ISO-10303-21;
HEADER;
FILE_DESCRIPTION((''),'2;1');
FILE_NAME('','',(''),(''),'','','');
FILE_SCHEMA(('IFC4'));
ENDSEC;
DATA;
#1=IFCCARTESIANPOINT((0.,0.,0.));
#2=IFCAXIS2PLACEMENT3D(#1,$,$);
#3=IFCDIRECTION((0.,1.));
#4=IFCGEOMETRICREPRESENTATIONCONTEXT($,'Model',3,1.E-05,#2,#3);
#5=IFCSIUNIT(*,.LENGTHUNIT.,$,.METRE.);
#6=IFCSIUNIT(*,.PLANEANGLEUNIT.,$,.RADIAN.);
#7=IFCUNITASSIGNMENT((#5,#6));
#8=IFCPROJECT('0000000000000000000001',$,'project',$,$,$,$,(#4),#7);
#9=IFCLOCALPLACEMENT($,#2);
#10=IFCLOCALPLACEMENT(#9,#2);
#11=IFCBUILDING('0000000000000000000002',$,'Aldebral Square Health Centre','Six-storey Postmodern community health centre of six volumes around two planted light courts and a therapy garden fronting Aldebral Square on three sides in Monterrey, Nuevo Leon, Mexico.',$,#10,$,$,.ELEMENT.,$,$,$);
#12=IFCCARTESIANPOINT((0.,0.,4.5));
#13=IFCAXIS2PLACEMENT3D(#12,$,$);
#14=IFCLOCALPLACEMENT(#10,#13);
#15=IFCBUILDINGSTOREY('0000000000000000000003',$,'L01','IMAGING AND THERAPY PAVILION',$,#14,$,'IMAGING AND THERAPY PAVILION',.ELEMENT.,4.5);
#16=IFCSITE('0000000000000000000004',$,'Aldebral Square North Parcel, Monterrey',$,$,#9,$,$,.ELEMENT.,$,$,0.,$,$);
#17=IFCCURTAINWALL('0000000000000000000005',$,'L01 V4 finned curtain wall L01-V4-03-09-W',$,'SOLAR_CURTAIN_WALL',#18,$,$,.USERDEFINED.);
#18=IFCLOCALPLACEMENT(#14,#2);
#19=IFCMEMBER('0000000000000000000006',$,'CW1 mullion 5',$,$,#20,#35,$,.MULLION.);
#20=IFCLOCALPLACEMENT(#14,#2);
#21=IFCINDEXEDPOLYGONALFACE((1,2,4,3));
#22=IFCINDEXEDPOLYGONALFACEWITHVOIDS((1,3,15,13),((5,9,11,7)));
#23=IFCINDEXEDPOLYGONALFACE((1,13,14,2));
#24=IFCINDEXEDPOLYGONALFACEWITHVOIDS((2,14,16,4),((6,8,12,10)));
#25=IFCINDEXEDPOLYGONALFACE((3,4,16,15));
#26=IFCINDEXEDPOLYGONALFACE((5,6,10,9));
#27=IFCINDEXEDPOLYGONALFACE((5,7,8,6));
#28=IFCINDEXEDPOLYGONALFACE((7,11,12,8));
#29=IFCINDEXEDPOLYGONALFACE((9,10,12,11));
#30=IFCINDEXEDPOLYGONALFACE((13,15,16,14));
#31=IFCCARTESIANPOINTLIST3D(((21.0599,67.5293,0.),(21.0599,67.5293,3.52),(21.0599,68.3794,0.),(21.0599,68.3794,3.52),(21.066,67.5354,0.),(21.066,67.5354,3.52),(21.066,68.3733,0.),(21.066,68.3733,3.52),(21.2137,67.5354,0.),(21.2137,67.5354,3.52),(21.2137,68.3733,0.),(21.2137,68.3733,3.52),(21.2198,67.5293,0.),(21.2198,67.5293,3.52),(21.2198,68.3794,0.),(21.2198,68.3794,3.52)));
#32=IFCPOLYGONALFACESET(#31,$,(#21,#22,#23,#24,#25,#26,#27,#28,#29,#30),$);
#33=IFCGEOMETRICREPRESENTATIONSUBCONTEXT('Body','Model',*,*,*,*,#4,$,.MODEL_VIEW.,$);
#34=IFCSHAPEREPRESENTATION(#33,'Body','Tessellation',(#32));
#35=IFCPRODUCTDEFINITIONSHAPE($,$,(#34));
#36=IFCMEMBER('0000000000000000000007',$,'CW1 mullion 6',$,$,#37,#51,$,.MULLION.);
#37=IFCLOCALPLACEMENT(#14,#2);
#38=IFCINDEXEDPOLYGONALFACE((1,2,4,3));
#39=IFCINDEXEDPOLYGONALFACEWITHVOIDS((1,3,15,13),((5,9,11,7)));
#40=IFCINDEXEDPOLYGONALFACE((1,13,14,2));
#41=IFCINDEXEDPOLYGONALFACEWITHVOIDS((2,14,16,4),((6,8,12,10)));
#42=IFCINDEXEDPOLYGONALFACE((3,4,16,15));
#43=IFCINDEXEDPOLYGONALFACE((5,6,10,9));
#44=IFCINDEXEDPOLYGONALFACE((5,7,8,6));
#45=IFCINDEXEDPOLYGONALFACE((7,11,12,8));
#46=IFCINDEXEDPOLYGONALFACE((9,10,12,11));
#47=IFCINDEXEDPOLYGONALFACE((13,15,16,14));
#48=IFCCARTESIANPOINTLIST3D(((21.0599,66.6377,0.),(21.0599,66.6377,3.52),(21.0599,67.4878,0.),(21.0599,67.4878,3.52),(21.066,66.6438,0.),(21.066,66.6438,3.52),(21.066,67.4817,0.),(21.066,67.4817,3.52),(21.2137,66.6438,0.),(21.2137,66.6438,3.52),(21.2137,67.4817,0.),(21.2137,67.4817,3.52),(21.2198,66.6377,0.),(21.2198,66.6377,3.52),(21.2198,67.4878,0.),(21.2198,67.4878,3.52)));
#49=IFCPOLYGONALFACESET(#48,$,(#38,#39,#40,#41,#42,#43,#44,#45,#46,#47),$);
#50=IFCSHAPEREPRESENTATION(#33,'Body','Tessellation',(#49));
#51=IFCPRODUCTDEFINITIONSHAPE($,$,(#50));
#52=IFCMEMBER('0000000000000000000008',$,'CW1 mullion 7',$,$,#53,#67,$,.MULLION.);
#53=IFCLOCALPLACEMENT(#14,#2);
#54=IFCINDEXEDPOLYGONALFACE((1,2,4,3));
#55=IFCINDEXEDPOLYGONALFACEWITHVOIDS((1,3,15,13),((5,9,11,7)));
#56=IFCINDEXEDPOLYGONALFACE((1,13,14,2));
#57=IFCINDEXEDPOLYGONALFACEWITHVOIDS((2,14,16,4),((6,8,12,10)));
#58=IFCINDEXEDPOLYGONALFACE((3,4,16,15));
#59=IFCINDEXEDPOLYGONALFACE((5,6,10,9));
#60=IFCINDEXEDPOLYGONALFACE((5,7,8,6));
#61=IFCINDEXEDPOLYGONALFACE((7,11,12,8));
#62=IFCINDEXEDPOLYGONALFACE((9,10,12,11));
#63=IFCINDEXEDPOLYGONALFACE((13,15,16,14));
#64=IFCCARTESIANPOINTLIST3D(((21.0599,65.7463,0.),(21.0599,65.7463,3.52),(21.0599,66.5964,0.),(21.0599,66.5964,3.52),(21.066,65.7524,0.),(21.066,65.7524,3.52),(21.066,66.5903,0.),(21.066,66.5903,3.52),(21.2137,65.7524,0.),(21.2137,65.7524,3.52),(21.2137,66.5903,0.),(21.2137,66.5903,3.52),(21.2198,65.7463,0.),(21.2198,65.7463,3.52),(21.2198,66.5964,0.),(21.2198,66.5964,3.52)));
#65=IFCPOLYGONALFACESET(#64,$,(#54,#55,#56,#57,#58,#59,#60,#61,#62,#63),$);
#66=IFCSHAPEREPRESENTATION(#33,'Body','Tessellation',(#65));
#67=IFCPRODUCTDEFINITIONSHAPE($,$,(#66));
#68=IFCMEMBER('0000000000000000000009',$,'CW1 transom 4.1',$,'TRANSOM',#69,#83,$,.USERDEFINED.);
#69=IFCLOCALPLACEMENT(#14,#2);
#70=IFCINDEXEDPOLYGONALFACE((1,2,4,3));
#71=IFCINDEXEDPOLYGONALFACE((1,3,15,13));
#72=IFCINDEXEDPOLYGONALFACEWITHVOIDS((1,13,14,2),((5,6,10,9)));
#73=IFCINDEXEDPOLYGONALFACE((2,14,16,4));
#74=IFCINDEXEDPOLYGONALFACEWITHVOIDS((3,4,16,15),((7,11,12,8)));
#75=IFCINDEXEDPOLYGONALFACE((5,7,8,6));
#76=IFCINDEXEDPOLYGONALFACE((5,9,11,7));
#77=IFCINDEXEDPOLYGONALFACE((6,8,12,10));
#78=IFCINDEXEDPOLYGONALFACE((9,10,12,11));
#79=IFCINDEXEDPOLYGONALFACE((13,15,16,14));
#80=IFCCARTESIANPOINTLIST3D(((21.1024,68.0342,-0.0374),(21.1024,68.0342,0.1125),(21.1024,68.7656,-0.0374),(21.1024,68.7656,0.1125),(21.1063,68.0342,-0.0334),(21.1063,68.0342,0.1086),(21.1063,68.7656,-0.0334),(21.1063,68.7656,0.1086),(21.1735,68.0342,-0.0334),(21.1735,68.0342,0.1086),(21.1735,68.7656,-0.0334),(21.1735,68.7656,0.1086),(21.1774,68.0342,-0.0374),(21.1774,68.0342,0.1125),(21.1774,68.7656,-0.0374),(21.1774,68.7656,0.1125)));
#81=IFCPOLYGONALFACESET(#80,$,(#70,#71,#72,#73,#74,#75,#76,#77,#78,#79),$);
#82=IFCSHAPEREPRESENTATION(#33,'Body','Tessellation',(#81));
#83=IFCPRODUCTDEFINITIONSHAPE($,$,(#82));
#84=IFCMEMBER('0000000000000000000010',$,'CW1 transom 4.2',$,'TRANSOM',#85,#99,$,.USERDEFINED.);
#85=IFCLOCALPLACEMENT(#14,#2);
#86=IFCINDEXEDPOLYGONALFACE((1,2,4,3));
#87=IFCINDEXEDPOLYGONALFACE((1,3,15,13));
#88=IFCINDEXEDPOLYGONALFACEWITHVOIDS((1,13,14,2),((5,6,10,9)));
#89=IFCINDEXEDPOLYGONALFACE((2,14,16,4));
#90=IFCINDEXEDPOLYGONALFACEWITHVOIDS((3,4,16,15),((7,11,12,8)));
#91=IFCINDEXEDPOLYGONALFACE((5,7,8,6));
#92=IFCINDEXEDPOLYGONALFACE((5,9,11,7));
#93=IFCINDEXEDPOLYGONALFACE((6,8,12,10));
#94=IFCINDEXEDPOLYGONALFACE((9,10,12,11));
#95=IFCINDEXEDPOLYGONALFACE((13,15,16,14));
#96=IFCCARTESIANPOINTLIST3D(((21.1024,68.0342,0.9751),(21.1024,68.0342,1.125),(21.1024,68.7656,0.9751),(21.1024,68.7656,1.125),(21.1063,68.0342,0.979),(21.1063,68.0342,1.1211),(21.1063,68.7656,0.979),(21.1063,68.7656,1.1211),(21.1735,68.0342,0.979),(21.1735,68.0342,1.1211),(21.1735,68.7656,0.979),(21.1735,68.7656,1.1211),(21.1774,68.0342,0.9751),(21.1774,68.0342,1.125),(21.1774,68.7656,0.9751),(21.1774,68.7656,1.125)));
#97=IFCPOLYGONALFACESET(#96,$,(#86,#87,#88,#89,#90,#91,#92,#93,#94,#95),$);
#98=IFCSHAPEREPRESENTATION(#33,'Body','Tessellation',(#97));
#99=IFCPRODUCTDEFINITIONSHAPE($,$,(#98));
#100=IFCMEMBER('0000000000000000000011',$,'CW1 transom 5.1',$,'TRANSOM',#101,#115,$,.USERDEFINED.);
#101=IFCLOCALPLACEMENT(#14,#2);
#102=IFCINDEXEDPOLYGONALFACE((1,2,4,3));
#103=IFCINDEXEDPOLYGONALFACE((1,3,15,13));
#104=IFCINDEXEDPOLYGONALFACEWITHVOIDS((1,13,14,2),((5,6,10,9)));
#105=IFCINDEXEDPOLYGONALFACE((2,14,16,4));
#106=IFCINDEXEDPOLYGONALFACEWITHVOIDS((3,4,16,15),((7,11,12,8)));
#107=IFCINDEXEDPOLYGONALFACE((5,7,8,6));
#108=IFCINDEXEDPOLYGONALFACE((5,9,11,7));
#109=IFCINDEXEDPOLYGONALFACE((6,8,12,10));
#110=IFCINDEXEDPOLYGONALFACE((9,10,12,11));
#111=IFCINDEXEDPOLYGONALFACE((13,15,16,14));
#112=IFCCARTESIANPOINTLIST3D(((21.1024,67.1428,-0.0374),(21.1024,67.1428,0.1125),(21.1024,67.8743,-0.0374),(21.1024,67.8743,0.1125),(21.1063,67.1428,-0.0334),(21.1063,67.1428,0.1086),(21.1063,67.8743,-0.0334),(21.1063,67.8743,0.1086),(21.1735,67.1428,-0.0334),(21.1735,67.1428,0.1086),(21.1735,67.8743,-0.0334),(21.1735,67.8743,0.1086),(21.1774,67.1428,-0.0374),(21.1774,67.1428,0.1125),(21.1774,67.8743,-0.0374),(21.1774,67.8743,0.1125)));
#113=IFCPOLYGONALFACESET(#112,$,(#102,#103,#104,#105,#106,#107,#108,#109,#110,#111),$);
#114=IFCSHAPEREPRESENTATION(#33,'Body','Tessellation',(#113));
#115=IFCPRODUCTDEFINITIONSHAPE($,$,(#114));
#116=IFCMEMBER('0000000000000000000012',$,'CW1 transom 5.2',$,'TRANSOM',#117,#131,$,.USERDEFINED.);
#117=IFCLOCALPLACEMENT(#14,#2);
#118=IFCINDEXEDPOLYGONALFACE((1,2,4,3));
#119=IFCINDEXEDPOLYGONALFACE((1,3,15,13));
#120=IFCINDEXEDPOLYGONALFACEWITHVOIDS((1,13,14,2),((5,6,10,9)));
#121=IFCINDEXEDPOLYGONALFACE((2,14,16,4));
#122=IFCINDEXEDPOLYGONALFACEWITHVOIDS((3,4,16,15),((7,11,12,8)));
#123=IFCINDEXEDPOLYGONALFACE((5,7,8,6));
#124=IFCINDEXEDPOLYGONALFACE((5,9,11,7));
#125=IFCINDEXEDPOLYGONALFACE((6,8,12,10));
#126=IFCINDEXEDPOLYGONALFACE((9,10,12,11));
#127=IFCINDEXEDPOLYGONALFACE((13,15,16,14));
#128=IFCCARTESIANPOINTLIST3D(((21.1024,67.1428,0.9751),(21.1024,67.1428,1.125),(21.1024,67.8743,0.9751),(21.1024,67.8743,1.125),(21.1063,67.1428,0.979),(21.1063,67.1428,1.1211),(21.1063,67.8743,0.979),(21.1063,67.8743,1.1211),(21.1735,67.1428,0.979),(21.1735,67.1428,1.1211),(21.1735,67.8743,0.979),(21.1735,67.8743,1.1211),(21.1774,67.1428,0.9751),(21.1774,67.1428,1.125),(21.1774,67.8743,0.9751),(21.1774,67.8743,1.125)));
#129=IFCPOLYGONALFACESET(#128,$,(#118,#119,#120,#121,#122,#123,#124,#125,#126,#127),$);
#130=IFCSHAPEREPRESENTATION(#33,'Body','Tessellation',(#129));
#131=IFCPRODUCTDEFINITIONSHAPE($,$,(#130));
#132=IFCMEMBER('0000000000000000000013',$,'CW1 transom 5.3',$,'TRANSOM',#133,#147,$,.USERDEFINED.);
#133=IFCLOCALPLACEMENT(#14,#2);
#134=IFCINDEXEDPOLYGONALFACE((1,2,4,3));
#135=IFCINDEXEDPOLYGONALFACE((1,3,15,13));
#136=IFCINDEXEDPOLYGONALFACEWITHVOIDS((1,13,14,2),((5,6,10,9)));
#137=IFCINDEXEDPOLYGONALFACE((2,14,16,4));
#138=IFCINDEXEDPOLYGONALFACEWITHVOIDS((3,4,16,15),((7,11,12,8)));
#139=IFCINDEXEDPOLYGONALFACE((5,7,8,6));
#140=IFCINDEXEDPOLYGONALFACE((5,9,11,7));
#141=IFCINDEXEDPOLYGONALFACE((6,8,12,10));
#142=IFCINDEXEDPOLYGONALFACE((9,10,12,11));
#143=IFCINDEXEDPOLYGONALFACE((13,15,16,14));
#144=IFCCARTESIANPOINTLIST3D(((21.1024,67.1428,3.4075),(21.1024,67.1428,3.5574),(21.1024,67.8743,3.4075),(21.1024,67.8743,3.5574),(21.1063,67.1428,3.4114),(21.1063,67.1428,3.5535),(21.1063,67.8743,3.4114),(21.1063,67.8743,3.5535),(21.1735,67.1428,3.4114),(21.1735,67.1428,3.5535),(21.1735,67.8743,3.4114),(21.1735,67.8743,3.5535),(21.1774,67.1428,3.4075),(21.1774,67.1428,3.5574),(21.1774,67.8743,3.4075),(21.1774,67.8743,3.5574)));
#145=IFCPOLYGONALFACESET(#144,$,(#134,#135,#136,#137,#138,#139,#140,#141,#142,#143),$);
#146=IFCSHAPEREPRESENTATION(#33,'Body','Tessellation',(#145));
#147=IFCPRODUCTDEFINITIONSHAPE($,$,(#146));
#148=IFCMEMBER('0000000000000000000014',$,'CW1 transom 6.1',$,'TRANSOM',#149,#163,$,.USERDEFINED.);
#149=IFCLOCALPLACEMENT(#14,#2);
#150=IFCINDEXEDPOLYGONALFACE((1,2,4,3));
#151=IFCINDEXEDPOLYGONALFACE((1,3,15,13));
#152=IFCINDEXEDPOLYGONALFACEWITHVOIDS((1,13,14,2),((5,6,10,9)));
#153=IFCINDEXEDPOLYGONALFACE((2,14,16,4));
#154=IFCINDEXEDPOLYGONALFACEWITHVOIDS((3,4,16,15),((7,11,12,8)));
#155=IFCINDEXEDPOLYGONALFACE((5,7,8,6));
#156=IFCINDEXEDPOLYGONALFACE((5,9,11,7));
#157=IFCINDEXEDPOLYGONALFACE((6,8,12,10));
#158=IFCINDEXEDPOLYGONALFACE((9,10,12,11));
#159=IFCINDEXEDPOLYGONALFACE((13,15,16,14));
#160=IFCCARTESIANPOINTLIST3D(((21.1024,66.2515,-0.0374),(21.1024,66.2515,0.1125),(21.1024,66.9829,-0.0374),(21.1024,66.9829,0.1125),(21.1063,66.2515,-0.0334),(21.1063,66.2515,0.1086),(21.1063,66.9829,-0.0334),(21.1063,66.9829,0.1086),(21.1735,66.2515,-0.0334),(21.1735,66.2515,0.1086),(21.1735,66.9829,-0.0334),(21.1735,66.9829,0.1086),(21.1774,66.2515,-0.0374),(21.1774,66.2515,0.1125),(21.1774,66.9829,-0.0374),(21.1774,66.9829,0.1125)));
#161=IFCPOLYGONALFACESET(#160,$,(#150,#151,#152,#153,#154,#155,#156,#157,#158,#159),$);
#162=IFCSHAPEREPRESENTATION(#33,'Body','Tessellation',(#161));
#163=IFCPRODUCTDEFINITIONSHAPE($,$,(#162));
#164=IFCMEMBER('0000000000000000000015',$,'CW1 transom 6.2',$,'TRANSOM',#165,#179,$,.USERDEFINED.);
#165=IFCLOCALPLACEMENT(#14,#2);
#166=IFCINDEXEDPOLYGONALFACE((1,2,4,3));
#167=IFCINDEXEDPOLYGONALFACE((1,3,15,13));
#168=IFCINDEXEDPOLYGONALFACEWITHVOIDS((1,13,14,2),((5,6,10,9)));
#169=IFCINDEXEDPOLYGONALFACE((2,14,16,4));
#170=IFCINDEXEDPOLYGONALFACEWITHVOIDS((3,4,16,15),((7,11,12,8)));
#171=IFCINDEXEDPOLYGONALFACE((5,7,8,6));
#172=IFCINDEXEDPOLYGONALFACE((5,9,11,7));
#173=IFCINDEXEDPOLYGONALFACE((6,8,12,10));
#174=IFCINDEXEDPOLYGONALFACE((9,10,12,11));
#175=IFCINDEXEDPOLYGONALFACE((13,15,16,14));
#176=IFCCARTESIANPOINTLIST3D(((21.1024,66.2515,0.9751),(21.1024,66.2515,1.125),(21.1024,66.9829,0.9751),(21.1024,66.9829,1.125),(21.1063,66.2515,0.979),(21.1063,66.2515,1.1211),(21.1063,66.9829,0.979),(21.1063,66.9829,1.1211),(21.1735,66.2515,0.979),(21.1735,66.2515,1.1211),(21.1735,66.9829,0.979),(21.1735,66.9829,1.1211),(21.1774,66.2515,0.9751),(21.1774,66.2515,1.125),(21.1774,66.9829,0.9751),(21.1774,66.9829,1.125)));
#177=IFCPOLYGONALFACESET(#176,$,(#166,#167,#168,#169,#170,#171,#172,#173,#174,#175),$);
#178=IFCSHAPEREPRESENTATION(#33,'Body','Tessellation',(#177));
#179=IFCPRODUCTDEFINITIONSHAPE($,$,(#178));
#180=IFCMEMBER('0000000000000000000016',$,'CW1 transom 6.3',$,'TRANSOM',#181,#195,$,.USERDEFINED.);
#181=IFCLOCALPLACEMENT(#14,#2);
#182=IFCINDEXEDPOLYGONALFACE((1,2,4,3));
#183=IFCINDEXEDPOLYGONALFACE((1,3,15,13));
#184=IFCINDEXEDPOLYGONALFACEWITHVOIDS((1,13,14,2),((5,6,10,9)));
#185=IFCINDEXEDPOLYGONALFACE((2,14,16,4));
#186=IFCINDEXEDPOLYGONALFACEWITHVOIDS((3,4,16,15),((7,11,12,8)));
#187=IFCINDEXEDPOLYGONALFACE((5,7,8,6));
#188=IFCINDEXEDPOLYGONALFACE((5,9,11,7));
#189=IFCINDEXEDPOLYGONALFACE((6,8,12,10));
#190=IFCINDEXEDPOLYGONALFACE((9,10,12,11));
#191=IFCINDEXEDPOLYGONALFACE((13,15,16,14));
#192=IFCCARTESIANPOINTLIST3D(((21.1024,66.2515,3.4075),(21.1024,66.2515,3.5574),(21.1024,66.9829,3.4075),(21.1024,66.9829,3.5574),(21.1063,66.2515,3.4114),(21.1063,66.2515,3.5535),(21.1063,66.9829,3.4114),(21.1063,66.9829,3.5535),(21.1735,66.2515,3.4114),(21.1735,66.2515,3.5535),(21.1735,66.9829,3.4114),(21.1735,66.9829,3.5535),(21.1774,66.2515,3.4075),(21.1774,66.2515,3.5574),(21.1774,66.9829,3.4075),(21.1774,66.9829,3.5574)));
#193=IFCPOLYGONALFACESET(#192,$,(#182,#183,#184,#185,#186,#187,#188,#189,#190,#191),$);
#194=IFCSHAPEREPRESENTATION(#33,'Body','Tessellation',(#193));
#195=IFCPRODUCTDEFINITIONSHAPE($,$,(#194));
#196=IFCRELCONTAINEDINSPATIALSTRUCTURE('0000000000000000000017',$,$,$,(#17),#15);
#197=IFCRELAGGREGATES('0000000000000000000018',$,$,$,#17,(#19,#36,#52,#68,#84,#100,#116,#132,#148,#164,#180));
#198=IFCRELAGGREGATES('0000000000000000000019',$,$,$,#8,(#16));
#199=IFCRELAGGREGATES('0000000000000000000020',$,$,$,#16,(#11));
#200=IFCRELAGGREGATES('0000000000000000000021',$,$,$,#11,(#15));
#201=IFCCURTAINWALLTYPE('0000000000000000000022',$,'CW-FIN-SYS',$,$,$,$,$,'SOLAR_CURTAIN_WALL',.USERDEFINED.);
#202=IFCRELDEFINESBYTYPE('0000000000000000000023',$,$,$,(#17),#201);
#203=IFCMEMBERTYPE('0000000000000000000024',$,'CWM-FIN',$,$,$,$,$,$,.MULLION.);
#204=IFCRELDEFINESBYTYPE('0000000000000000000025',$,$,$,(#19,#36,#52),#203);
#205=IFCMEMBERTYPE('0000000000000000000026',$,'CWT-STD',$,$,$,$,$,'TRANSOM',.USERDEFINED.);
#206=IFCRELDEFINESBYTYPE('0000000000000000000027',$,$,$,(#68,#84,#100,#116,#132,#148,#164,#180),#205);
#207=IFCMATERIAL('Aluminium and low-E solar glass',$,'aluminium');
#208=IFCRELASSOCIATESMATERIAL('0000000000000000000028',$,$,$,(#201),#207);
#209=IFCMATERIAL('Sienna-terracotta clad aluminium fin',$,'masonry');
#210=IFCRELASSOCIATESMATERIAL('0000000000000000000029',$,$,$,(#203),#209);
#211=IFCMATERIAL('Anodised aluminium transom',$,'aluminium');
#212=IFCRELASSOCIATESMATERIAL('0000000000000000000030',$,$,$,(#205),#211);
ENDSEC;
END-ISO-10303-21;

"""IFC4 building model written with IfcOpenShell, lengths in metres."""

from ifc_helpers import new_model, si_unit, direction, frame, origin, origin_2d, place, context, subcontext, project, spatial, hollow_rectangle, extrude, material, material_profile, profile_set, type_object, element, aggregate, save


model = new_model("IFC4")

# Units and contexts
model_context = context("Model", 3, precision=1e-05, world=origin(), true_north=direction((0.0, 1.0)))
body_context = subcontext(model_context, "Body", "Model", "MODEL_VIEW")
ifc_project = project(units=[si_unit("LENGTHUNIT", "METRE"), si_unit("PLANEANGLEUNIT", "RADIAN")], contexts=[model_context])

# Site, building, storey
site_placement = place(None, origin())
site = spatial("IfcSite", under=ifc_project, at=site_placement, Name="Aldebral Square North Parcel, Monterrey", CompositionType="ELEMENT", RefElevation=0.0)
building_placement = place(site_placement, origin())
building = spatial("IfcBuilding", under=site, at=building_placement, Name="Aldebral Square Health Centre", Description="Six-storey Postmodern community health centre of six volumes around two planted light courts and a therapy garden fronting Aldebral Square on three sides in Monterrey, Nuevo Leon, Mexico.", CompositionType="ELEMENT")
storey_placement = place(building_placement, frame((0.0, 0.0, 4.5)))
storey = spatial("IfcBuildingStorey", under=building, at=storey_placement, Name="L01", Description="IMAGING AND THERAPY PAVILION", LongName="IMAGING AND THERAPY PAVILION", CompositionType="ELEMENT", Elevation=4.5)

# Curtain wall, members
ifc_material_1 = material(Name="Aluminium and low-E solar glass", Category="aluminium")
curtain_wall_type = type_object("IfcCurtainWallType", Name="CW-FIN-SYS", ElementType="SOLAR_CURTAIN_WALL", PredefinedType="USERDEFINED", material=ifc_material_1)
curtain_wall_placement = place(storey_placement, origin())
curtain_wall = element("IfcCurtainWall", 1, at=curtain_wall_placement, inside=storey, type_object=curtain_wall_type, Name="L01 V4 finned curtain wall L01-V4-03-09-W", ObjectType="SOLAR_CURTAIN_WALL", PredefinedType="USERDEFINED")
ifc_material_2 = material(Name="Sienna-terracotta clad aluminium fin", Category="masonry")
ifc_material_profile_1 = material_profile(ifc_material_2, hollow_rectangle(XDim=0.1599, YDim=0.8501, WallThickness=0.0061, at=origin_2d()), Name="FIN 160x850x6")
ifc_profile_set_1 = profile_set([ifc_material_profile_1], Name="Sienna-terracotta clad aluminium fin")
member_type_1 = type_object("IfcMemberType", Name="CWM-FIN", PredefinedType="MULLION", material=ifc_profile_set_1)
member_1_placement = place(storey_placement, frame((21.1399, 67.9543, 0.0), z_axis=(0.0, 0.0, 1.0), x_axis=(1.0, 0.0, 0.0)))
member_1 = element("IfcMember", 2, at=member_1_placement, type_object=member_type_1, Name="CW1 mullion 5", PredefinedType="MULLION", context=body_context, shape_type="SweptSolid", body=[
    extrude(hollow_rectangle(XDim=0.1599, YDim=0.8501, WallThickness=0.0061, at=origin_2d()), origin(), (0.0, 0.0, 1.0), 3.52),
])
member_2_placement = place(storey_placement, frame((21.1399, 67.0627, 0.0), z_axis=(0.0, 0.0, 1.0), x_axis=(1.0, 0.0, 0.0)))
member_2 = element("IfcMember", 3, at=member_2_placement, type_object=member_type_1, Name="CW1 mullion 6", PredefinedType="MULLION", context=body_context, shape_type="SweptSolid", body=[
    extrude(hollow_rectangle(XDim=0.1599, YDim=0.8501, WallThickness=0.0061, at=origin_2d()), origin(), (0.0, 0.0, 1.0), 3.52),
])
member_3_placement = place(storey_placement, frame((21.1399, 66.1714, 0.0), z_axis=(0.0, 0.0, 1.0), x_axis=(1.0, 0.0, 0.0)))
member_3 = element("IfcMember", 4, at=member_3_placement, type_object=member_type_1, Name="CW1 mullion 7", PredefinedType="MULLION", context=body_context, shape_type="SweptSolid", body=[
    extrude(hollow_rectangle(XDim=0.1599, YDim=0.8501, WallThickness=0.0061, at=origin_2d()), origin(), (0.0, 0.0, 1.0), 3.52),
])
ifc_material_3 = material(Name="Anodised aluminium transom", Category="aluminium")
ifc_material_profile_2 = material_profile(ifc_material_3, hollow_rectangle(XDim=0.075, YDim=0.1499, WallThickness=0.0039, at=origin_2d()), Name="CWT 75x150x4")
ifc_profile_set_2 = profile_set([ifc_material_profile_2], Name="Anodised aluminium transom")
member_type_2 = type_object("IfcMemberType", Name="CWT-STD", ElementType="TRANSOM", PredefinedType="USERDEFINED", material=ifc_profile_set_2)
member_4_placement = place(storey_placement, frame((21.1399, 68.7656, 0.0376), z_axis=(0.0, -1.0, 0.0), x_axis=(1.0, 0.0, 0.0)))
member_4 = element("IfcMember", 5, at=member_4_placement, type_object=member_type_2, Name="CW1 transom 4.1", ObjectType="TRANSOM", PredefinedType="USERDEFINED", context=body_context, shape_type="SweptSolid", body=[
    extrude(hollow_rectangle(XDim=0.075, YDim=0.1499, WallThickness=0.0039, at=origin_2d()), origin(), (0.0, 0.0, 1.0), 0.7314),
])
member_5_placement = place(storey_placement, frame((21.1399, 68.7656, 1.05), z_axis=(0.0, -1.0, 0.0), x_axis=(1.0, 0.0, 0.0)))
member_5 = element("IfcMember", 6, at=member_5_placement, type_object=member_type_2, Name="CW1 transom 4.2", ObjectType="TRANSOM", PredefinedType="USERDEFINED", context=body_context, shape_type="SweptSolid", body=[
    extrude(hollow_rectangle(XDim=0.075, YDim=0.1499, WallThickness=0.0039, at=origin_2d()), origin(), (0.0, 0.0, 1.0), 0.7314),
])
member_6_placement = place(storey_placement, frame((21.1399, 67.8743, 0.0376), z_axis=(0.0, -1.0, 0.0), x_axis=(1.0, 0.0, 0.0)))
member_6 = element("IfcMember", 7, at=member_6_placement, type_object=member_type_2, Name="CW1 transom 5.1", ObjectType="TRANSOM", PredefinedType="USERDEFINED", context=body_context, shape_type="SweptSolid", body=[
    extrude(hollow_rectangle(XDim=0.075, YDim=0.1499, WallThickness=0.0039, at=origin_2d()), origin(), (0.0, 0.0, 1.0), 0.7314),
])
member_7_placement = place(storey_placement, frame((21.1399, 67.8743, 1.05), z_axis=(0.0, -1.0, 0.0), x_axis=(1.0, 0.0, 0.0)))
member_7 = element("IfcMember", 8, at=member_7_placement, type_object=member_type_2, Name="CW1 transom 5.2", ObjectType="TRANSOM", PredefinedType="USERDEFINED", context=body_context, shape_type="SweptSolid", body=[
    extrude(hollow_rectangle(XDim=0.075, YDim=0.1499, WallThickness=0.0039, at=origin_2d()), origin(), (0.0, 0.0, 1.0), 0.7314),
])
member_8_placement = place(storey_placement, frame((21.1399, 67.8743, 3.4824), z_axis=(0.0, -1.0, 0.0), x_axis=(1.0, 0.0, 0.0)))
member_8 = element("IfcMember", 9, at=member_8_placement, type_object=member_type_2, Name="CW1 transom 5.3", ObjectType="TRANSOM", PredefinedType="USERDEFINED", context=body_context, shape_type="SweptSolid", body=[
    extrude(hollow_rectangle(XDim=0.075, YDim=0.1499, WallThickness=0.0039, at=origin_2d()), origin(), (0.0, 0.0, 1.0), 0.7314),
])
member_9_placement = place(storey_placement, frame((21.1399, 66.9829, 0.0376), z_axis=(0.0, -1.0, 0.0), x_axis=(1.0, 0.0, 0.0)))
member_9 = element("IfcMember", 10, at=member_9_placement, type_object=member_type_2, Name="CW1 transom 6.1", ObjectType="TRANSOM", PredefinedType="USERDEFINED", context=body_context, shape_type="SweptSolid", body=[
    extrude(hollow_rectangle(XDim=0.075, YDim=0.1499, WallThickness=0.0039, at=origin_2d()), origin(), (0.0, 0.0, 1.0), 0.7314),
])
member_10_placement = place(storey_placement, frame((21.1399, 66.9829, 1.05), z_axis=(0.0, -1.0, 0.0), x_axis=(1.0, 0.0, 0.0)))
member_10 = element("IfcMember", 11, at=member_10_placement, type_object=member_type_2, Name="CW1 transom 6.2", ObjectType="TRANSOM", PredefinedType="USERDEFINED", context=body_context, shape_type="SweptSolid", body=[
    extrude(hollow_rectangle(XDim=0.075, YDim=0.1499, WallThickness=0.0039, at=origin_2d()), origin(), (0.0, 0.0, 1.0), 0.7314),
])
member_11_placement = place(storey_placement, frame((21.1399, 66.9829, 3.4824), z_axis=(0.0, -1.0, 0.0), x_axis=(1.0, 0.0, 0.0)))
member_11 = element("IfcMember", 12, at=member_11_placement, type_object=member_type_2, Name="CW1 transom 6.3", ObjectType="TRANSOM", PredefinedType="USERDEFINED", context=body_context, shape_type="SweptSolid", body=[
    extrude(hollow_rectangle(XDim=0.075, YDim=0.1499, WallThickness=0.0039, at=origin_2d()), origin(), (0.0, 0.0, 1.0), 0.7314),
])
aggregate(curtain_wall, [member_1, member_2, member_3, member_4, member_5, member_6, member_7, member_8, member_9, member_10, member_11])

save(model, "model.ifc")
